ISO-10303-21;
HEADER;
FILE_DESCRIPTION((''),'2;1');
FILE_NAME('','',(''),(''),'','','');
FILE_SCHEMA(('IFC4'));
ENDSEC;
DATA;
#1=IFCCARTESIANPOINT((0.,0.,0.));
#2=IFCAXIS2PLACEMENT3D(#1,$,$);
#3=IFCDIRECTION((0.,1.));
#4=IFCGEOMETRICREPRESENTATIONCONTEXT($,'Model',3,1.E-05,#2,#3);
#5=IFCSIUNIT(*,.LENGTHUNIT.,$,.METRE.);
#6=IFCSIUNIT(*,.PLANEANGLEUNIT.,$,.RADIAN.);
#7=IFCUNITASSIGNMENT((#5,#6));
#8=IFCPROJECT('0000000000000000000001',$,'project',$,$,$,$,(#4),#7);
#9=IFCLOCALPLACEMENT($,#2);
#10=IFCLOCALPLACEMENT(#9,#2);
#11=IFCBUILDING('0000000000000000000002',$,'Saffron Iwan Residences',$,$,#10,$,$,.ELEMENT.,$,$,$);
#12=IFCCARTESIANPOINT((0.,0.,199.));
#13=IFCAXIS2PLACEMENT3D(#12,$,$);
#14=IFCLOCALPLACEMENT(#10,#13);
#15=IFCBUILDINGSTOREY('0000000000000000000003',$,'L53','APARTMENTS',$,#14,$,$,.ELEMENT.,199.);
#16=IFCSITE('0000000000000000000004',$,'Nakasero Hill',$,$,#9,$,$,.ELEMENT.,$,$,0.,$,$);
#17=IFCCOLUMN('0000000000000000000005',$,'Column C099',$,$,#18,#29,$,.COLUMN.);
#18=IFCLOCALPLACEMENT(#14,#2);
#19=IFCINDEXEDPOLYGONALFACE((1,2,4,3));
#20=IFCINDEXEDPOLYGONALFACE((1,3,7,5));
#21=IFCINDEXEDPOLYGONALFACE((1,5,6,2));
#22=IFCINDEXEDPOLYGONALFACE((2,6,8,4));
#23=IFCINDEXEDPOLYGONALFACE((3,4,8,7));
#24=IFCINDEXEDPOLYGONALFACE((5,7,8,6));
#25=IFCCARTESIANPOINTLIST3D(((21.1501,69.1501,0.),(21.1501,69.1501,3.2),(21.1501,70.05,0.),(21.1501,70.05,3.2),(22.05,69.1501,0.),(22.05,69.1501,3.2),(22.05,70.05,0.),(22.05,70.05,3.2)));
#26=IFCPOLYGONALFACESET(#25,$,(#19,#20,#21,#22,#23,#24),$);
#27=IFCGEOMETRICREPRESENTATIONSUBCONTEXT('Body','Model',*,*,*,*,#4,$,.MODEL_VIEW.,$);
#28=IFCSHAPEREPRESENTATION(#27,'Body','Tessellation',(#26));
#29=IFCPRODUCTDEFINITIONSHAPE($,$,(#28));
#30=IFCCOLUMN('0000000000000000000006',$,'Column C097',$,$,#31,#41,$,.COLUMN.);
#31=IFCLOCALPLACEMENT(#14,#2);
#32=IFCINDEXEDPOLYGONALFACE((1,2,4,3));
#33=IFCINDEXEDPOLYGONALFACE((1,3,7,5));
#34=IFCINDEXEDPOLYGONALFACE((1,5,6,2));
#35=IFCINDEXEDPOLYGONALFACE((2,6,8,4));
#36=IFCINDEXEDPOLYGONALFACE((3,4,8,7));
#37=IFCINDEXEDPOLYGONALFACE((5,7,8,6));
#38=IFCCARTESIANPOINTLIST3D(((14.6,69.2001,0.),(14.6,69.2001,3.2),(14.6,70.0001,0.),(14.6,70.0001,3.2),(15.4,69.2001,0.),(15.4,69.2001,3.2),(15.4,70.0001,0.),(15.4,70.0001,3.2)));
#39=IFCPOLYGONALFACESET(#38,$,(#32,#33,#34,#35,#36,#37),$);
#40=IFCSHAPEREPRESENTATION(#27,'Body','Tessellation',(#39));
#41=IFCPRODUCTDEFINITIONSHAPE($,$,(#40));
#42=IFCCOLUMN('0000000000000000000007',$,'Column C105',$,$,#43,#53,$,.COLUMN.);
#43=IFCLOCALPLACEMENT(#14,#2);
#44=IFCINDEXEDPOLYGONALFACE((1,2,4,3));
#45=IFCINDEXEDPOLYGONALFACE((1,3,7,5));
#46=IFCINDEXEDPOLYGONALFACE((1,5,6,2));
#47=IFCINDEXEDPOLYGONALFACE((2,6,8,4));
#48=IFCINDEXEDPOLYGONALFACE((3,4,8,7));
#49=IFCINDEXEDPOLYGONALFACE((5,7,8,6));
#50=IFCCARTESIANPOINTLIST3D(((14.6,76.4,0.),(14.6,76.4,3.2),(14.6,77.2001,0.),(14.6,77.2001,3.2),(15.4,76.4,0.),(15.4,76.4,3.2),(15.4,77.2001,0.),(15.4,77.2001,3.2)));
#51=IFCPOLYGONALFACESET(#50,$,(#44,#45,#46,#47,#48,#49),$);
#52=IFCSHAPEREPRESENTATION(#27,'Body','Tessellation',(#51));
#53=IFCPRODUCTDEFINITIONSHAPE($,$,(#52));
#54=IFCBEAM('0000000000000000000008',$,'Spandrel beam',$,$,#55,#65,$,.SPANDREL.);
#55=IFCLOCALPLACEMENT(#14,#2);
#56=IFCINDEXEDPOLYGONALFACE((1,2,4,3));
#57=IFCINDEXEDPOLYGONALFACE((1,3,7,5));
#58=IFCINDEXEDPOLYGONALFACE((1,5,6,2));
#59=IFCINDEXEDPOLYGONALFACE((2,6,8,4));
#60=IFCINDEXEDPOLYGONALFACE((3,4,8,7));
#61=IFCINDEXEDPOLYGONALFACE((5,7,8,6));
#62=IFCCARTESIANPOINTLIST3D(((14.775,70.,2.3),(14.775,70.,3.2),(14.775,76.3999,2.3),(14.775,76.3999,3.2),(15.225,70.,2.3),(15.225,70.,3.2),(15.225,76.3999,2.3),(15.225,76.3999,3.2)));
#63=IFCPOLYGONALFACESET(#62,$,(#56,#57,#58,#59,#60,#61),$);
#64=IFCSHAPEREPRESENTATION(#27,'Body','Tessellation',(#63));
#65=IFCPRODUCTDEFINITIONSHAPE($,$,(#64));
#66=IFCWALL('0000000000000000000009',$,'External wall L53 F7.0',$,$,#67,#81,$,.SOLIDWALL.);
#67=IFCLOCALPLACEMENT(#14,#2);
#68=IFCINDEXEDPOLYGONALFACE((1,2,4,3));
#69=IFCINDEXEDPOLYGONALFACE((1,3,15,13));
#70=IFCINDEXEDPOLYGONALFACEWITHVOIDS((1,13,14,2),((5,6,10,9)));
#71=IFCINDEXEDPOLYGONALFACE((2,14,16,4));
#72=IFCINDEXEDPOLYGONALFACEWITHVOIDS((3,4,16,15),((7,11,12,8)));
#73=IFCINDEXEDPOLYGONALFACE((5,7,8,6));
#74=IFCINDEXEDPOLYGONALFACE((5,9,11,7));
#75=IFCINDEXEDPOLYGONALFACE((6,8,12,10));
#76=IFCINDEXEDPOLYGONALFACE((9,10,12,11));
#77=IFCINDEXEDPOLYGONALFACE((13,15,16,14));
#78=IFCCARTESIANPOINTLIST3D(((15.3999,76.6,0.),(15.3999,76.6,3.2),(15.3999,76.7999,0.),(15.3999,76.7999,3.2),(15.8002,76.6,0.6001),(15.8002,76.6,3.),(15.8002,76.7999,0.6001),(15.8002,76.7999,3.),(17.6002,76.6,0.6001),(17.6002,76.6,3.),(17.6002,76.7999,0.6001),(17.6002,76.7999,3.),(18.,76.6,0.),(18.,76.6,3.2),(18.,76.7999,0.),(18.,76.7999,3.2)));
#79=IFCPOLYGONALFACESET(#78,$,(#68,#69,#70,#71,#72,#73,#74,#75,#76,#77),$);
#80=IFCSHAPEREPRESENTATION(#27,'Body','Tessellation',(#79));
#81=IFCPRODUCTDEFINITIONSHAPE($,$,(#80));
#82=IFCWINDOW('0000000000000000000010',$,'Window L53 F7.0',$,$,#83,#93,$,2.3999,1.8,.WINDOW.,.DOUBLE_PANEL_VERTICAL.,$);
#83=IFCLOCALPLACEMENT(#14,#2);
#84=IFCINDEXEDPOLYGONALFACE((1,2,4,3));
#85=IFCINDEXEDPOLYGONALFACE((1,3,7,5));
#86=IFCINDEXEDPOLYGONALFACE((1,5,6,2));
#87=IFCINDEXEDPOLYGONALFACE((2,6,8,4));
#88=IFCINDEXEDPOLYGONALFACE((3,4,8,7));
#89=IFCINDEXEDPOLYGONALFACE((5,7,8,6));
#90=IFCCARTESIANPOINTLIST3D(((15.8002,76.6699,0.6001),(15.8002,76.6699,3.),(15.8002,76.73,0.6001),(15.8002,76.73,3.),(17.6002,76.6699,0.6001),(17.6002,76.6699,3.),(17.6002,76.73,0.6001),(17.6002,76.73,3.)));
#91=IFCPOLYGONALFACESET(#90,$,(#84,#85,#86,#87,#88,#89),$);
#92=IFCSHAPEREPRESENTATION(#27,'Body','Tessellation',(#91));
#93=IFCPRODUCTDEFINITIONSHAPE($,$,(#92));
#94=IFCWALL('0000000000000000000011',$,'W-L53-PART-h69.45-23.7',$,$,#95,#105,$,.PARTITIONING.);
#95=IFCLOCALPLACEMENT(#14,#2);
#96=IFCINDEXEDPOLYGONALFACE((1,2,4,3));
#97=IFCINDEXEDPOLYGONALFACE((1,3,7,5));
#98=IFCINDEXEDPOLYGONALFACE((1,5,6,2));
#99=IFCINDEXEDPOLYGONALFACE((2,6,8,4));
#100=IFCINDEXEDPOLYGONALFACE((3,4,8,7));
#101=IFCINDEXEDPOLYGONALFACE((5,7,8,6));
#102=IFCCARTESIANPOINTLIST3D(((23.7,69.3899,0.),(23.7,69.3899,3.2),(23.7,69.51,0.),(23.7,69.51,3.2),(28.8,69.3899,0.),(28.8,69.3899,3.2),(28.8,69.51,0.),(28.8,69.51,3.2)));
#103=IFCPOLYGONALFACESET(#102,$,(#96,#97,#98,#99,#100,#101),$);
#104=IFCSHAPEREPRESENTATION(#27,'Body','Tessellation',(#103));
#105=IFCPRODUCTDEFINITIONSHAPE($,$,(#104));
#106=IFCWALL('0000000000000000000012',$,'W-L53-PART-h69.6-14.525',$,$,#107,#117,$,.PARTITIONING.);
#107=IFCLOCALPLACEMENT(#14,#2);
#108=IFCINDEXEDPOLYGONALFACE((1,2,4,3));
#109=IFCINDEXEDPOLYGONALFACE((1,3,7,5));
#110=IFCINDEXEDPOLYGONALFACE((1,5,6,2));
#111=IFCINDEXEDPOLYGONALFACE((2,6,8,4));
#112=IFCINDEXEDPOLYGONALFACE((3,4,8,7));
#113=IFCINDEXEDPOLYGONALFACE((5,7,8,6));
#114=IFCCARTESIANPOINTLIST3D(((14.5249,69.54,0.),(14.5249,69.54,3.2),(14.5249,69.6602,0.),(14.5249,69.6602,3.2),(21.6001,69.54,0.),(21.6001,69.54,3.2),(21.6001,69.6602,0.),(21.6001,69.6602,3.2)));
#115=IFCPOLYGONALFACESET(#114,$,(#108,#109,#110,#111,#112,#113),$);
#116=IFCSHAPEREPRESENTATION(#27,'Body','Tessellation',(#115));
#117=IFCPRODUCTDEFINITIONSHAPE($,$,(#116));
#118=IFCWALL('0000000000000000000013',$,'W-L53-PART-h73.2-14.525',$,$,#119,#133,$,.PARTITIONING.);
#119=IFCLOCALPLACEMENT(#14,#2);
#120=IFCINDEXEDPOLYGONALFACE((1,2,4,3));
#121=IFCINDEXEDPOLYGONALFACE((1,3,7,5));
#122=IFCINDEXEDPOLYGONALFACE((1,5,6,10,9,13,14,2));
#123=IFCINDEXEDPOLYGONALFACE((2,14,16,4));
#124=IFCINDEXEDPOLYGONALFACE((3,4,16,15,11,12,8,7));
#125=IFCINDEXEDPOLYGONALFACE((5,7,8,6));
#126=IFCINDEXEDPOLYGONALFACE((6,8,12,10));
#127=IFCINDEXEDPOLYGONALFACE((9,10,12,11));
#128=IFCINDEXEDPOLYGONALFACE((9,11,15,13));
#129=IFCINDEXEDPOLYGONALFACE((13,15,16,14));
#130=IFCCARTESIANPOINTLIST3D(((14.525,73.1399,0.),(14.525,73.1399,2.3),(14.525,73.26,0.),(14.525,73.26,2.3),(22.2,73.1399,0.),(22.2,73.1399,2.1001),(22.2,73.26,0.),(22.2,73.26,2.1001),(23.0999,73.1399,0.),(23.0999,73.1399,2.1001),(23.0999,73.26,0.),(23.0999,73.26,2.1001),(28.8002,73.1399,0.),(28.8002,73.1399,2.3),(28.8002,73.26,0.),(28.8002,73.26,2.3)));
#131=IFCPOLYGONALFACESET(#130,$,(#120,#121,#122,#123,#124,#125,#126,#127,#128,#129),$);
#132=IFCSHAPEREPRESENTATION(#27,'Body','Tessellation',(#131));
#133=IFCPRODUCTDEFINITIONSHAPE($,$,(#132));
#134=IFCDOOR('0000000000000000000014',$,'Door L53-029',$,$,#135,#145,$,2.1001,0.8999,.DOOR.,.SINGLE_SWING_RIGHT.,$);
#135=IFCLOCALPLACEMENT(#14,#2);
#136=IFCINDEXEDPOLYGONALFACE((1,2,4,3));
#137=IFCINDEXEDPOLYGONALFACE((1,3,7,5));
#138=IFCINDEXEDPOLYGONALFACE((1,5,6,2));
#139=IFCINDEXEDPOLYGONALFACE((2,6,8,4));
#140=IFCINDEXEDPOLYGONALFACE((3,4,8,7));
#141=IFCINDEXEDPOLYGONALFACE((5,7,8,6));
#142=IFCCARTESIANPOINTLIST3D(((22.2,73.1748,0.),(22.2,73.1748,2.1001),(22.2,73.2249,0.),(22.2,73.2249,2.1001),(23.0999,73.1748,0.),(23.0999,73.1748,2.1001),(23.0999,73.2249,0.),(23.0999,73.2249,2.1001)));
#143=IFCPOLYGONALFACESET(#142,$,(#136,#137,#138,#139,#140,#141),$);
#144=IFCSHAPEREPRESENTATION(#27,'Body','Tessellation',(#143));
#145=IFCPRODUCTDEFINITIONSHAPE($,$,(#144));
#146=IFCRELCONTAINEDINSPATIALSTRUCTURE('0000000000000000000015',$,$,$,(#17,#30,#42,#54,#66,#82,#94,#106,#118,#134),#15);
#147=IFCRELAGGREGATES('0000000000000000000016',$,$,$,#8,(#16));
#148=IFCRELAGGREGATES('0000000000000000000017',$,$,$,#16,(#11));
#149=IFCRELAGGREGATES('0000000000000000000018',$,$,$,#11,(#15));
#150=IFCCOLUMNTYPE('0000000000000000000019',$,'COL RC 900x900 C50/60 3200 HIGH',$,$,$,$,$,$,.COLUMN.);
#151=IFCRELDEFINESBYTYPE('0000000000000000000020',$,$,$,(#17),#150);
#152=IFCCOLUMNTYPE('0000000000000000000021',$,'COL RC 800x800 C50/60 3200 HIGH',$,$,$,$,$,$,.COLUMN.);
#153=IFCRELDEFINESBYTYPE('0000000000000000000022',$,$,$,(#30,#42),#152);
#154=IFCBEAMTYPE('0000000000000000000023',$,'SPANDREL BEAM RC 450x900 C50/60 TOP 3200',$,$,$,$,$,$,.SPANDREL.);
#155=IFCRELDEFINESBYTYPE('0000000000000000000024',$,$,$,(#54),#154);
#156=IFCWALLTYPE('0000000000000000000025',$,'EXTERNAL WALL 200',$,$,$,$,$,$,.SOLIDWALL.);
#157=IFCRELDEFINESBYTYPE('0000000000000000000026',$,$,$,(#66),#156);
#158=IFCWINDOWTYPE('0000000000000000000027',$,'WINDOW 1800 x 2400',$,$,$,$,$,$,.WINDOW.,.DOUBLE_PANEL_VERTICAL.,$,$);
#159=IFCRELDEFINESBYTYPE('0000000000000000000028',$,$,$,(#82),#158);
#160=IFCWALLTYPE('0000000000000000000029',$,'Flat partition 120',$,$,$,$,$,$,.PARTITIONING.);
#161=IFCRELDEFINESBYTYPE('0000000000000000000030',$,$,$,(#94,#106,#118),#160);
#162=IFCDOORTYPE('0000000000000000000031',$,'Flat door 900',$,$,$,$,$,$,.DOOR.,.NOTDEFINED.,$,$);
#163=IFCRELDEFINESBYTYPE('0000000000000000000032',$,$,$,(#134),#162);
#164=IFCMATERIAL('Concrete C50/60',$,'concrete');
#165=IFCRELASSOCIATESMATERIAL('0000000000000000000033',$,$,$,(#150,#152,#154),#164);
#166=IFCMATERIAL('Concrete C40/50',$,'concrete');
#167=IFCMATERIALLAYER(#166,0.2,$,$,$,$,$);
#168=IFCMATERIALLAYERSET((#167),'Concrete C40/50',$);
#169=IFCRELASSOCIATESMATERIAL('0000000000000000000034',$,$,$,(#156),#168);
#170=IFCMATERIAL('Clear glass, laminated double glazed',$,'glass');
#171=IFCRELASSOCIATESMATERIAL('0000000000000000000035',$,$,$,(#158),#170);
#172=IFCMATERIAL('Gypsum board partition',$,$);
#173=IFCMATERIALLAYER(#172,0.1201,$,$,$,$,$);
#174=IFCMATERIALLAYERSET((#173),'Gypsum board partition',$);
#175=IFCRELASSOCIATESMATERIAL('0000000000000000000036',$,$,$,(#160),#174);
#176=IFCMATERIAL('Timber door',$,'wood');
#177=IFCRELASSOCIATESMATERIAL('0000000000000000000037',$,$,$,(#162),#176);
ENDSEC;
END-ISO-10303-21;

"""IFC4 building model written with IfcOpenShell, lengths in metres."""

from ifc_helpers import new_model, si_unit, direction, frame, frame_2d, origin, origin_2d, place, context, subcontext, project, spatial, rectangle, extrude, source, transform, mapped, material, layer, layer_set, material_profile, profile_set, type_object, element, fill, save


model = new_model("IFC4")

# Units and contexts
model_context = context("Model", 3, precision=1e-05, world=origin(), true_north=direction((0.0, 1.0)))
body_context = subcontext(model_context, "Body", "Model", "MODEL_VIEW")
ifc_project = project(units=[si_unit("LENGTHUNIT", "METRE"), si_unit("PLANEANGLEUNIT", "RADIAN")], contexts=[model_context])

# Site, building, storey
site_placement = place(None, origin())
site = spatial("IfcSite", under=ifc_project, at=site_placement, Name="Nakasero Hill", CompositionType="ELEMENT", RefElevation=0.0)
building_placement = place(site_placement, origin())
building = spatial("IfcBuilding", under=site, at=building_placement, Name="Saffron Iwan Residences", CompositionType="ELEMENT")
storey_placement = place(building_placement, frame((0.0, 0.0, 199.0)))
storey = spatial("IfcBuildingStorey", under=building, at=storey_placement, Name="L53", Description="APARTMENTS", CompositionType="ELEMENT", Elevation=199.0)

# Columns
ifc_material_1 = material(Name="Concrete C50/60", Category="concrete")
ifc_material_profile_1 = material_profile(ifc_material_1, rectangle(XDim=0.8999, YDim=0.8999, at=origin_2d()), Name="RC 900x900")
ifc_profile_set_1 = profile_set([ifc_material_profile_1], Name="Concrete C50/60")
column_type_1 = type_object("IfcColumnType", Name="COL RC 900x900 C50/60 3200 HIGH", PredefinedType="COLUMN", material=ifc_profile_set_1)
shared_shape_1 = source(origin(), body_context, "Body", "SweptSolid", [
    extrude(rectangle(XDim=0.8999, YDim=0.8999, at=origin_2d()), origin(), (0.0, 0.0, 1.0), 3.2),
])
column_placement = place(storey_placement, frame((21.6001, 69.6001, 0.0), z_axis=(0.0, 0.0, 1.0), x_axis=(1.0, 0.0, 0.0)))
element("IfcColumn", 1, at=column_placement, inside=storey, type_object=column_type_1, Name="Column C099", PredefinedType="COLUMN", context=body_context, shape_type="MappedRepresentation", body=[
    mapped(shared_shape_1, transform((0.0, 0.0, 0.0))),
])
ifc_material_profile_2 = material_profile(ifc_material_1, rectangle(XDim=0.8, YDim=0.8, at=origin_2d()), Name="RC 800x800")
ifc_profile_set_2 = profile_set([ifc_material_profile_2], Name="Concrete C50/60")
column_type_2 = type_object("IfcColumnType", Name="COL RC 800x800 C50/60 3200 HIGH", PredefinedType="COLUMN", material=ifc_profile_set_2)
shared_shape_2 = source(origin(), body_context, "Body", "SweptSolid", [
    extrude(rectangle(XDim=0.8, YDim=0.8, at=origin_2d()), origin(), (0.0, 0.0, 1.0), 3.2),
])
for number, where, z_axis, x_axis, name in (
    (2, (15.0, 69.6001, 0.0), (0.0, 0.0, 1.0), (1.0, 0.0, 0.0), "Column C097"),
    (3, (15.0, 76.8, 0.0), (0.0, 0.0, 1.0), (1.0, 0.0, 0.0), "Column C105"),
):
    element("IfcColumn", number, at=place(storey_placement, frame(where, z_axis=z_axis, x_axis=x_axis)), inside=storey, type_object=column_type_2, Name=name, PredefinedType="COLUMN", context=body_context, shape_type="MappedRepresentation", body=[
        mapped(shared_shape_2, transform((0.0, 0.0, 0.0))),
    ])

# Beam
ifc_material_profile_3 = material_profile(ifc_material_1, rectangle(XDim=0.45, YDim=0.8999, at=origin_2d()), Name="RC 450x900")
ifc_profile_set_3 = profile_set([ifc_material_profile_3], Name="Concrete C50/60")
beam_type = type_object("IfcBeamType", Name="SPANDREL BEAM RC 450x900 C50/60 TOP 3200", PredefinedType="SPANDREL", material=ifc_profile_set_3)
shared_shape_3 = source(origin(), body_context, "Body", "SweptSolid", [
    extrude(rectangle(XDim=0.45, YDim=0.8999, at=origin_2d()), origin(), (0.0, 0.0, 1.0), 6.3999),
])
beam_placement = place(storey_placement, frame((15.0, 70.0, 2.75), z_axis=(0.0, 1.0, 0.0), x_axis=(-1.0, 0.0, 0.0)))
element("IfcBeam", 4, at=beam_placement, inside=storey, type_object=beam_type, Name="Spandrel beam", PredefinedType="SPANDREL", context=body_context, shape_type="MappedRepresentation", body=[
    mapped(shared_shape_3, transform((0.0, 0.0, 0.0))),
])

# Wall, opening, window
ifc_material_2 = material(Name="Concrete C40/50", Category="concrete")
ifc_layer_1 = layer(ifc_material_2, 0.2)
ifc_layer_set_1 = layer_set([ifc_layer_1], Name="Concrete C40/50")
wall_type_1 = type_object("IfcWallType", Name="EXTERNAL WALL 200", PredefinedType="SOLIDWALL", material=ifc_layer_set_1)
wall_1_placement = place(storey_placement, frame((18.0, 76.7, 0.0), z_axis=(0.0, 0.0, 1.0), x_axis=(-1.0, 0.0, 0.0)))
wall_1 = element("IfcWall", 5, at=wall_1_placement, inside=storey, type_object=wall_type_1, Name="External wall L53 F7.0", PredefinedType="SOLIDWALL", context=body_context, shape_type="SweptSolid", body=[
    extrude(rectangle(XDim=2.6001, YDim=0.2, at=frame_2d((1.3, 0.0))), origin(), (0.0, 0.0, 1.0), 3.2),
])
opening_1_placement = place(wall_1_placement, frame((0.3999, 0.0, 0.6001)))
opening_1 = element("IfcOpeningElement", 6, at=opening_1_placement, cuts=wall_1, PredefinedType="OPENING", context=body_context, shape_type="SweptSolid", body=[
    extrude(rectangle(XDim=1.8, YDim=2.3999, at=frame_2d((0.8999, 1.2))), frame((0.0, 0.1099, 0.0), z_axis=(0.0, -1.0, 0.0), x_axis=(1.0, 0.0, 0.0)), (0.0, 0.0, 1.0), 0.22),
])
ifc_material_3 = material(Name="Clear glass, laminated double glazed", Category="glass")
window_type_1 = type_object("IfcWindowType", Name="WINDOW 1800 x 2400", PartitioningType="DOUBLE_PANEL_VERTICAL", PredefinedType="WINDOW", material=ifc_material_3)
window_1_placement = place(opening_1_placement, origin())
window_1 = element("IfcWindow", 7, at=window_1_placement, inside=storey, type_object=window_type_1, Name="Window L53 F7.0", OverallHeight=2.3999, OverallWidth=1.8, PartitioningType="DOUBLE_PANEL_VERTICAL", PredefinedType="WINDOW", context=body_context, shape_type="SweptSolid", body=[
    extrude(rectangle(XDim=1.8, YDim=2.3999, at=frame_2d((0.8999, 1.2))), frame((0.0, 0.03, 0.0), z_axis=(0.0, -1.0, 0.0), x_axis=(1.0, 0.0, 0.0)), (0.0, 0.0, 1.0), 0.0601),
])
fill(opening_1, window_1)

# Walls
ifc_material_4 = material(Name="Gypsum board partition")
ifc_layer_2 = layer(ifc_material_4, 0.1201)
ifc_layer_set_2 = layer_set([ifc_layer_2], Name="Gypsum board partition")
wall_type_2 = type_object("IfcWallType", Name="Flat partition 120", PredefinedType="PARTITIONING", material=ifc_layer_set_2)
wall_2_placement = place(storey_placement, frame((23.7, 69.45, 0.0), z_axis=(0.0, 0.0, 1.0), x_axis=(1.0, 0.0, 0.0)))
element("IfcWall", 8, at=wall_2_placement, inside=storey, type_object=wall_type_2, Name="W-L53-PART-h69.45-23.7", PredefinedType="PARTITIONING", context=body_context, shape_type="SweptSolid", body=[
    extrude(rectangle(XDim=5.1001, YDim=0.1201, at=frame_2d((2.55, 0.0))), origin(), (0.0, 0.0, 1.0), 3.2),
])
wall_3_placement = place(storey_placement, frame((14.5249, 69.6001, 0.0), z_axis=(0.0, 0.0, 1.0), x_axis=(1.0, 0.0, 0.0)))
element("IfcWall", 9, at=wall_3_placement, inside=storey, type_object=wall_type_2, Name="W-L53-PART-h69.6-14.525", PredefinedType="PARTITIONING", context=body_context, shape_type="SweptSolid", body=[
    extrude(rectangle(XDim=7.0752, YDim=0.1201, at=frame_2d((3.5376, 0.0))), origin(), (0.0, 0.0, 1.0), 3.2),
])

# Wall, opening, door
wall_4_placement = place(storey_placement, frame((14.5249, 73.2, 0.0), z_axis=(0.0, 0.0, 1.0), x_axis=(1.0, 0.0, 0.0)))
wall_4 = element("IfcWall", 10, at=wall_4_placement, inside=storey, type_object=wall_type_2, Name="W-L53-PART-h73.2-14.525", PredefinedType="PARTITIONING", context=body_context, shape_type="SweptSolid", body=[
    extrude(rectangle(XDim=14.2751, YDim=0.1201, at=frame_2d((7.1377, 0.0))), origin(), (0.0, 0.0, 1.0), 2.3),
])
opening_2_placement = place(wall_4_placement, frame((7.675, 0.0, 0.0)))
opening_2 = element("IfcOpeningElement", 11, at=opening_2_placement, cuts=wall_4, PredefinedType="OPENING", context=body_context, shape_type="SweptSolid", body=[
    extrude(rectangle(XDim=0.8999, YDim=2.1001, at=frame_2d((0.45, 1.05))), frame((0.0, 0.0701, 0.0), z_axis=(0.0, -1.0, 0.0), x_axis=(1.0, 0.0, 0.0)), (0.0, 0.0, 1.0), 0.1401),
])
ifc_material_5 = material(Name="Timber door", Category="wood")
door_type_1 = type_object("IfcDoorType", Name="Flat door 900", OperationType="NOTDEFINED", PredefinedType="DOOR", material=ifc_material_5)
door_1_placement = place(opening_2_placement, origin())
door_1 = element("IfcDoor", 12, at=door_1_placement, inside=storey, type_object=door_type_1, Name="Door L53-029", OperationType="SINGLE_SWING_RIGHT", OverallHeight=2.1001, OverallWidth=0.8999, PredefinedType="DOOR", context=body_context, shape_type="SweptSolid", body=[
    extrude(rectangle(XDim=0.8999, YDim=2.1001, at=frame_2d((0.45, 1.05))), frame((0.0, 0.0249, 0.0), z_axis=(0.0, -1.0, 0.0), x_axis=(1.0, 0.0, 0.0)), (0.0, 0.0, 1.0), 0.05),
])
fill(opening_2, door_1)

save(model, "model.ifc")
